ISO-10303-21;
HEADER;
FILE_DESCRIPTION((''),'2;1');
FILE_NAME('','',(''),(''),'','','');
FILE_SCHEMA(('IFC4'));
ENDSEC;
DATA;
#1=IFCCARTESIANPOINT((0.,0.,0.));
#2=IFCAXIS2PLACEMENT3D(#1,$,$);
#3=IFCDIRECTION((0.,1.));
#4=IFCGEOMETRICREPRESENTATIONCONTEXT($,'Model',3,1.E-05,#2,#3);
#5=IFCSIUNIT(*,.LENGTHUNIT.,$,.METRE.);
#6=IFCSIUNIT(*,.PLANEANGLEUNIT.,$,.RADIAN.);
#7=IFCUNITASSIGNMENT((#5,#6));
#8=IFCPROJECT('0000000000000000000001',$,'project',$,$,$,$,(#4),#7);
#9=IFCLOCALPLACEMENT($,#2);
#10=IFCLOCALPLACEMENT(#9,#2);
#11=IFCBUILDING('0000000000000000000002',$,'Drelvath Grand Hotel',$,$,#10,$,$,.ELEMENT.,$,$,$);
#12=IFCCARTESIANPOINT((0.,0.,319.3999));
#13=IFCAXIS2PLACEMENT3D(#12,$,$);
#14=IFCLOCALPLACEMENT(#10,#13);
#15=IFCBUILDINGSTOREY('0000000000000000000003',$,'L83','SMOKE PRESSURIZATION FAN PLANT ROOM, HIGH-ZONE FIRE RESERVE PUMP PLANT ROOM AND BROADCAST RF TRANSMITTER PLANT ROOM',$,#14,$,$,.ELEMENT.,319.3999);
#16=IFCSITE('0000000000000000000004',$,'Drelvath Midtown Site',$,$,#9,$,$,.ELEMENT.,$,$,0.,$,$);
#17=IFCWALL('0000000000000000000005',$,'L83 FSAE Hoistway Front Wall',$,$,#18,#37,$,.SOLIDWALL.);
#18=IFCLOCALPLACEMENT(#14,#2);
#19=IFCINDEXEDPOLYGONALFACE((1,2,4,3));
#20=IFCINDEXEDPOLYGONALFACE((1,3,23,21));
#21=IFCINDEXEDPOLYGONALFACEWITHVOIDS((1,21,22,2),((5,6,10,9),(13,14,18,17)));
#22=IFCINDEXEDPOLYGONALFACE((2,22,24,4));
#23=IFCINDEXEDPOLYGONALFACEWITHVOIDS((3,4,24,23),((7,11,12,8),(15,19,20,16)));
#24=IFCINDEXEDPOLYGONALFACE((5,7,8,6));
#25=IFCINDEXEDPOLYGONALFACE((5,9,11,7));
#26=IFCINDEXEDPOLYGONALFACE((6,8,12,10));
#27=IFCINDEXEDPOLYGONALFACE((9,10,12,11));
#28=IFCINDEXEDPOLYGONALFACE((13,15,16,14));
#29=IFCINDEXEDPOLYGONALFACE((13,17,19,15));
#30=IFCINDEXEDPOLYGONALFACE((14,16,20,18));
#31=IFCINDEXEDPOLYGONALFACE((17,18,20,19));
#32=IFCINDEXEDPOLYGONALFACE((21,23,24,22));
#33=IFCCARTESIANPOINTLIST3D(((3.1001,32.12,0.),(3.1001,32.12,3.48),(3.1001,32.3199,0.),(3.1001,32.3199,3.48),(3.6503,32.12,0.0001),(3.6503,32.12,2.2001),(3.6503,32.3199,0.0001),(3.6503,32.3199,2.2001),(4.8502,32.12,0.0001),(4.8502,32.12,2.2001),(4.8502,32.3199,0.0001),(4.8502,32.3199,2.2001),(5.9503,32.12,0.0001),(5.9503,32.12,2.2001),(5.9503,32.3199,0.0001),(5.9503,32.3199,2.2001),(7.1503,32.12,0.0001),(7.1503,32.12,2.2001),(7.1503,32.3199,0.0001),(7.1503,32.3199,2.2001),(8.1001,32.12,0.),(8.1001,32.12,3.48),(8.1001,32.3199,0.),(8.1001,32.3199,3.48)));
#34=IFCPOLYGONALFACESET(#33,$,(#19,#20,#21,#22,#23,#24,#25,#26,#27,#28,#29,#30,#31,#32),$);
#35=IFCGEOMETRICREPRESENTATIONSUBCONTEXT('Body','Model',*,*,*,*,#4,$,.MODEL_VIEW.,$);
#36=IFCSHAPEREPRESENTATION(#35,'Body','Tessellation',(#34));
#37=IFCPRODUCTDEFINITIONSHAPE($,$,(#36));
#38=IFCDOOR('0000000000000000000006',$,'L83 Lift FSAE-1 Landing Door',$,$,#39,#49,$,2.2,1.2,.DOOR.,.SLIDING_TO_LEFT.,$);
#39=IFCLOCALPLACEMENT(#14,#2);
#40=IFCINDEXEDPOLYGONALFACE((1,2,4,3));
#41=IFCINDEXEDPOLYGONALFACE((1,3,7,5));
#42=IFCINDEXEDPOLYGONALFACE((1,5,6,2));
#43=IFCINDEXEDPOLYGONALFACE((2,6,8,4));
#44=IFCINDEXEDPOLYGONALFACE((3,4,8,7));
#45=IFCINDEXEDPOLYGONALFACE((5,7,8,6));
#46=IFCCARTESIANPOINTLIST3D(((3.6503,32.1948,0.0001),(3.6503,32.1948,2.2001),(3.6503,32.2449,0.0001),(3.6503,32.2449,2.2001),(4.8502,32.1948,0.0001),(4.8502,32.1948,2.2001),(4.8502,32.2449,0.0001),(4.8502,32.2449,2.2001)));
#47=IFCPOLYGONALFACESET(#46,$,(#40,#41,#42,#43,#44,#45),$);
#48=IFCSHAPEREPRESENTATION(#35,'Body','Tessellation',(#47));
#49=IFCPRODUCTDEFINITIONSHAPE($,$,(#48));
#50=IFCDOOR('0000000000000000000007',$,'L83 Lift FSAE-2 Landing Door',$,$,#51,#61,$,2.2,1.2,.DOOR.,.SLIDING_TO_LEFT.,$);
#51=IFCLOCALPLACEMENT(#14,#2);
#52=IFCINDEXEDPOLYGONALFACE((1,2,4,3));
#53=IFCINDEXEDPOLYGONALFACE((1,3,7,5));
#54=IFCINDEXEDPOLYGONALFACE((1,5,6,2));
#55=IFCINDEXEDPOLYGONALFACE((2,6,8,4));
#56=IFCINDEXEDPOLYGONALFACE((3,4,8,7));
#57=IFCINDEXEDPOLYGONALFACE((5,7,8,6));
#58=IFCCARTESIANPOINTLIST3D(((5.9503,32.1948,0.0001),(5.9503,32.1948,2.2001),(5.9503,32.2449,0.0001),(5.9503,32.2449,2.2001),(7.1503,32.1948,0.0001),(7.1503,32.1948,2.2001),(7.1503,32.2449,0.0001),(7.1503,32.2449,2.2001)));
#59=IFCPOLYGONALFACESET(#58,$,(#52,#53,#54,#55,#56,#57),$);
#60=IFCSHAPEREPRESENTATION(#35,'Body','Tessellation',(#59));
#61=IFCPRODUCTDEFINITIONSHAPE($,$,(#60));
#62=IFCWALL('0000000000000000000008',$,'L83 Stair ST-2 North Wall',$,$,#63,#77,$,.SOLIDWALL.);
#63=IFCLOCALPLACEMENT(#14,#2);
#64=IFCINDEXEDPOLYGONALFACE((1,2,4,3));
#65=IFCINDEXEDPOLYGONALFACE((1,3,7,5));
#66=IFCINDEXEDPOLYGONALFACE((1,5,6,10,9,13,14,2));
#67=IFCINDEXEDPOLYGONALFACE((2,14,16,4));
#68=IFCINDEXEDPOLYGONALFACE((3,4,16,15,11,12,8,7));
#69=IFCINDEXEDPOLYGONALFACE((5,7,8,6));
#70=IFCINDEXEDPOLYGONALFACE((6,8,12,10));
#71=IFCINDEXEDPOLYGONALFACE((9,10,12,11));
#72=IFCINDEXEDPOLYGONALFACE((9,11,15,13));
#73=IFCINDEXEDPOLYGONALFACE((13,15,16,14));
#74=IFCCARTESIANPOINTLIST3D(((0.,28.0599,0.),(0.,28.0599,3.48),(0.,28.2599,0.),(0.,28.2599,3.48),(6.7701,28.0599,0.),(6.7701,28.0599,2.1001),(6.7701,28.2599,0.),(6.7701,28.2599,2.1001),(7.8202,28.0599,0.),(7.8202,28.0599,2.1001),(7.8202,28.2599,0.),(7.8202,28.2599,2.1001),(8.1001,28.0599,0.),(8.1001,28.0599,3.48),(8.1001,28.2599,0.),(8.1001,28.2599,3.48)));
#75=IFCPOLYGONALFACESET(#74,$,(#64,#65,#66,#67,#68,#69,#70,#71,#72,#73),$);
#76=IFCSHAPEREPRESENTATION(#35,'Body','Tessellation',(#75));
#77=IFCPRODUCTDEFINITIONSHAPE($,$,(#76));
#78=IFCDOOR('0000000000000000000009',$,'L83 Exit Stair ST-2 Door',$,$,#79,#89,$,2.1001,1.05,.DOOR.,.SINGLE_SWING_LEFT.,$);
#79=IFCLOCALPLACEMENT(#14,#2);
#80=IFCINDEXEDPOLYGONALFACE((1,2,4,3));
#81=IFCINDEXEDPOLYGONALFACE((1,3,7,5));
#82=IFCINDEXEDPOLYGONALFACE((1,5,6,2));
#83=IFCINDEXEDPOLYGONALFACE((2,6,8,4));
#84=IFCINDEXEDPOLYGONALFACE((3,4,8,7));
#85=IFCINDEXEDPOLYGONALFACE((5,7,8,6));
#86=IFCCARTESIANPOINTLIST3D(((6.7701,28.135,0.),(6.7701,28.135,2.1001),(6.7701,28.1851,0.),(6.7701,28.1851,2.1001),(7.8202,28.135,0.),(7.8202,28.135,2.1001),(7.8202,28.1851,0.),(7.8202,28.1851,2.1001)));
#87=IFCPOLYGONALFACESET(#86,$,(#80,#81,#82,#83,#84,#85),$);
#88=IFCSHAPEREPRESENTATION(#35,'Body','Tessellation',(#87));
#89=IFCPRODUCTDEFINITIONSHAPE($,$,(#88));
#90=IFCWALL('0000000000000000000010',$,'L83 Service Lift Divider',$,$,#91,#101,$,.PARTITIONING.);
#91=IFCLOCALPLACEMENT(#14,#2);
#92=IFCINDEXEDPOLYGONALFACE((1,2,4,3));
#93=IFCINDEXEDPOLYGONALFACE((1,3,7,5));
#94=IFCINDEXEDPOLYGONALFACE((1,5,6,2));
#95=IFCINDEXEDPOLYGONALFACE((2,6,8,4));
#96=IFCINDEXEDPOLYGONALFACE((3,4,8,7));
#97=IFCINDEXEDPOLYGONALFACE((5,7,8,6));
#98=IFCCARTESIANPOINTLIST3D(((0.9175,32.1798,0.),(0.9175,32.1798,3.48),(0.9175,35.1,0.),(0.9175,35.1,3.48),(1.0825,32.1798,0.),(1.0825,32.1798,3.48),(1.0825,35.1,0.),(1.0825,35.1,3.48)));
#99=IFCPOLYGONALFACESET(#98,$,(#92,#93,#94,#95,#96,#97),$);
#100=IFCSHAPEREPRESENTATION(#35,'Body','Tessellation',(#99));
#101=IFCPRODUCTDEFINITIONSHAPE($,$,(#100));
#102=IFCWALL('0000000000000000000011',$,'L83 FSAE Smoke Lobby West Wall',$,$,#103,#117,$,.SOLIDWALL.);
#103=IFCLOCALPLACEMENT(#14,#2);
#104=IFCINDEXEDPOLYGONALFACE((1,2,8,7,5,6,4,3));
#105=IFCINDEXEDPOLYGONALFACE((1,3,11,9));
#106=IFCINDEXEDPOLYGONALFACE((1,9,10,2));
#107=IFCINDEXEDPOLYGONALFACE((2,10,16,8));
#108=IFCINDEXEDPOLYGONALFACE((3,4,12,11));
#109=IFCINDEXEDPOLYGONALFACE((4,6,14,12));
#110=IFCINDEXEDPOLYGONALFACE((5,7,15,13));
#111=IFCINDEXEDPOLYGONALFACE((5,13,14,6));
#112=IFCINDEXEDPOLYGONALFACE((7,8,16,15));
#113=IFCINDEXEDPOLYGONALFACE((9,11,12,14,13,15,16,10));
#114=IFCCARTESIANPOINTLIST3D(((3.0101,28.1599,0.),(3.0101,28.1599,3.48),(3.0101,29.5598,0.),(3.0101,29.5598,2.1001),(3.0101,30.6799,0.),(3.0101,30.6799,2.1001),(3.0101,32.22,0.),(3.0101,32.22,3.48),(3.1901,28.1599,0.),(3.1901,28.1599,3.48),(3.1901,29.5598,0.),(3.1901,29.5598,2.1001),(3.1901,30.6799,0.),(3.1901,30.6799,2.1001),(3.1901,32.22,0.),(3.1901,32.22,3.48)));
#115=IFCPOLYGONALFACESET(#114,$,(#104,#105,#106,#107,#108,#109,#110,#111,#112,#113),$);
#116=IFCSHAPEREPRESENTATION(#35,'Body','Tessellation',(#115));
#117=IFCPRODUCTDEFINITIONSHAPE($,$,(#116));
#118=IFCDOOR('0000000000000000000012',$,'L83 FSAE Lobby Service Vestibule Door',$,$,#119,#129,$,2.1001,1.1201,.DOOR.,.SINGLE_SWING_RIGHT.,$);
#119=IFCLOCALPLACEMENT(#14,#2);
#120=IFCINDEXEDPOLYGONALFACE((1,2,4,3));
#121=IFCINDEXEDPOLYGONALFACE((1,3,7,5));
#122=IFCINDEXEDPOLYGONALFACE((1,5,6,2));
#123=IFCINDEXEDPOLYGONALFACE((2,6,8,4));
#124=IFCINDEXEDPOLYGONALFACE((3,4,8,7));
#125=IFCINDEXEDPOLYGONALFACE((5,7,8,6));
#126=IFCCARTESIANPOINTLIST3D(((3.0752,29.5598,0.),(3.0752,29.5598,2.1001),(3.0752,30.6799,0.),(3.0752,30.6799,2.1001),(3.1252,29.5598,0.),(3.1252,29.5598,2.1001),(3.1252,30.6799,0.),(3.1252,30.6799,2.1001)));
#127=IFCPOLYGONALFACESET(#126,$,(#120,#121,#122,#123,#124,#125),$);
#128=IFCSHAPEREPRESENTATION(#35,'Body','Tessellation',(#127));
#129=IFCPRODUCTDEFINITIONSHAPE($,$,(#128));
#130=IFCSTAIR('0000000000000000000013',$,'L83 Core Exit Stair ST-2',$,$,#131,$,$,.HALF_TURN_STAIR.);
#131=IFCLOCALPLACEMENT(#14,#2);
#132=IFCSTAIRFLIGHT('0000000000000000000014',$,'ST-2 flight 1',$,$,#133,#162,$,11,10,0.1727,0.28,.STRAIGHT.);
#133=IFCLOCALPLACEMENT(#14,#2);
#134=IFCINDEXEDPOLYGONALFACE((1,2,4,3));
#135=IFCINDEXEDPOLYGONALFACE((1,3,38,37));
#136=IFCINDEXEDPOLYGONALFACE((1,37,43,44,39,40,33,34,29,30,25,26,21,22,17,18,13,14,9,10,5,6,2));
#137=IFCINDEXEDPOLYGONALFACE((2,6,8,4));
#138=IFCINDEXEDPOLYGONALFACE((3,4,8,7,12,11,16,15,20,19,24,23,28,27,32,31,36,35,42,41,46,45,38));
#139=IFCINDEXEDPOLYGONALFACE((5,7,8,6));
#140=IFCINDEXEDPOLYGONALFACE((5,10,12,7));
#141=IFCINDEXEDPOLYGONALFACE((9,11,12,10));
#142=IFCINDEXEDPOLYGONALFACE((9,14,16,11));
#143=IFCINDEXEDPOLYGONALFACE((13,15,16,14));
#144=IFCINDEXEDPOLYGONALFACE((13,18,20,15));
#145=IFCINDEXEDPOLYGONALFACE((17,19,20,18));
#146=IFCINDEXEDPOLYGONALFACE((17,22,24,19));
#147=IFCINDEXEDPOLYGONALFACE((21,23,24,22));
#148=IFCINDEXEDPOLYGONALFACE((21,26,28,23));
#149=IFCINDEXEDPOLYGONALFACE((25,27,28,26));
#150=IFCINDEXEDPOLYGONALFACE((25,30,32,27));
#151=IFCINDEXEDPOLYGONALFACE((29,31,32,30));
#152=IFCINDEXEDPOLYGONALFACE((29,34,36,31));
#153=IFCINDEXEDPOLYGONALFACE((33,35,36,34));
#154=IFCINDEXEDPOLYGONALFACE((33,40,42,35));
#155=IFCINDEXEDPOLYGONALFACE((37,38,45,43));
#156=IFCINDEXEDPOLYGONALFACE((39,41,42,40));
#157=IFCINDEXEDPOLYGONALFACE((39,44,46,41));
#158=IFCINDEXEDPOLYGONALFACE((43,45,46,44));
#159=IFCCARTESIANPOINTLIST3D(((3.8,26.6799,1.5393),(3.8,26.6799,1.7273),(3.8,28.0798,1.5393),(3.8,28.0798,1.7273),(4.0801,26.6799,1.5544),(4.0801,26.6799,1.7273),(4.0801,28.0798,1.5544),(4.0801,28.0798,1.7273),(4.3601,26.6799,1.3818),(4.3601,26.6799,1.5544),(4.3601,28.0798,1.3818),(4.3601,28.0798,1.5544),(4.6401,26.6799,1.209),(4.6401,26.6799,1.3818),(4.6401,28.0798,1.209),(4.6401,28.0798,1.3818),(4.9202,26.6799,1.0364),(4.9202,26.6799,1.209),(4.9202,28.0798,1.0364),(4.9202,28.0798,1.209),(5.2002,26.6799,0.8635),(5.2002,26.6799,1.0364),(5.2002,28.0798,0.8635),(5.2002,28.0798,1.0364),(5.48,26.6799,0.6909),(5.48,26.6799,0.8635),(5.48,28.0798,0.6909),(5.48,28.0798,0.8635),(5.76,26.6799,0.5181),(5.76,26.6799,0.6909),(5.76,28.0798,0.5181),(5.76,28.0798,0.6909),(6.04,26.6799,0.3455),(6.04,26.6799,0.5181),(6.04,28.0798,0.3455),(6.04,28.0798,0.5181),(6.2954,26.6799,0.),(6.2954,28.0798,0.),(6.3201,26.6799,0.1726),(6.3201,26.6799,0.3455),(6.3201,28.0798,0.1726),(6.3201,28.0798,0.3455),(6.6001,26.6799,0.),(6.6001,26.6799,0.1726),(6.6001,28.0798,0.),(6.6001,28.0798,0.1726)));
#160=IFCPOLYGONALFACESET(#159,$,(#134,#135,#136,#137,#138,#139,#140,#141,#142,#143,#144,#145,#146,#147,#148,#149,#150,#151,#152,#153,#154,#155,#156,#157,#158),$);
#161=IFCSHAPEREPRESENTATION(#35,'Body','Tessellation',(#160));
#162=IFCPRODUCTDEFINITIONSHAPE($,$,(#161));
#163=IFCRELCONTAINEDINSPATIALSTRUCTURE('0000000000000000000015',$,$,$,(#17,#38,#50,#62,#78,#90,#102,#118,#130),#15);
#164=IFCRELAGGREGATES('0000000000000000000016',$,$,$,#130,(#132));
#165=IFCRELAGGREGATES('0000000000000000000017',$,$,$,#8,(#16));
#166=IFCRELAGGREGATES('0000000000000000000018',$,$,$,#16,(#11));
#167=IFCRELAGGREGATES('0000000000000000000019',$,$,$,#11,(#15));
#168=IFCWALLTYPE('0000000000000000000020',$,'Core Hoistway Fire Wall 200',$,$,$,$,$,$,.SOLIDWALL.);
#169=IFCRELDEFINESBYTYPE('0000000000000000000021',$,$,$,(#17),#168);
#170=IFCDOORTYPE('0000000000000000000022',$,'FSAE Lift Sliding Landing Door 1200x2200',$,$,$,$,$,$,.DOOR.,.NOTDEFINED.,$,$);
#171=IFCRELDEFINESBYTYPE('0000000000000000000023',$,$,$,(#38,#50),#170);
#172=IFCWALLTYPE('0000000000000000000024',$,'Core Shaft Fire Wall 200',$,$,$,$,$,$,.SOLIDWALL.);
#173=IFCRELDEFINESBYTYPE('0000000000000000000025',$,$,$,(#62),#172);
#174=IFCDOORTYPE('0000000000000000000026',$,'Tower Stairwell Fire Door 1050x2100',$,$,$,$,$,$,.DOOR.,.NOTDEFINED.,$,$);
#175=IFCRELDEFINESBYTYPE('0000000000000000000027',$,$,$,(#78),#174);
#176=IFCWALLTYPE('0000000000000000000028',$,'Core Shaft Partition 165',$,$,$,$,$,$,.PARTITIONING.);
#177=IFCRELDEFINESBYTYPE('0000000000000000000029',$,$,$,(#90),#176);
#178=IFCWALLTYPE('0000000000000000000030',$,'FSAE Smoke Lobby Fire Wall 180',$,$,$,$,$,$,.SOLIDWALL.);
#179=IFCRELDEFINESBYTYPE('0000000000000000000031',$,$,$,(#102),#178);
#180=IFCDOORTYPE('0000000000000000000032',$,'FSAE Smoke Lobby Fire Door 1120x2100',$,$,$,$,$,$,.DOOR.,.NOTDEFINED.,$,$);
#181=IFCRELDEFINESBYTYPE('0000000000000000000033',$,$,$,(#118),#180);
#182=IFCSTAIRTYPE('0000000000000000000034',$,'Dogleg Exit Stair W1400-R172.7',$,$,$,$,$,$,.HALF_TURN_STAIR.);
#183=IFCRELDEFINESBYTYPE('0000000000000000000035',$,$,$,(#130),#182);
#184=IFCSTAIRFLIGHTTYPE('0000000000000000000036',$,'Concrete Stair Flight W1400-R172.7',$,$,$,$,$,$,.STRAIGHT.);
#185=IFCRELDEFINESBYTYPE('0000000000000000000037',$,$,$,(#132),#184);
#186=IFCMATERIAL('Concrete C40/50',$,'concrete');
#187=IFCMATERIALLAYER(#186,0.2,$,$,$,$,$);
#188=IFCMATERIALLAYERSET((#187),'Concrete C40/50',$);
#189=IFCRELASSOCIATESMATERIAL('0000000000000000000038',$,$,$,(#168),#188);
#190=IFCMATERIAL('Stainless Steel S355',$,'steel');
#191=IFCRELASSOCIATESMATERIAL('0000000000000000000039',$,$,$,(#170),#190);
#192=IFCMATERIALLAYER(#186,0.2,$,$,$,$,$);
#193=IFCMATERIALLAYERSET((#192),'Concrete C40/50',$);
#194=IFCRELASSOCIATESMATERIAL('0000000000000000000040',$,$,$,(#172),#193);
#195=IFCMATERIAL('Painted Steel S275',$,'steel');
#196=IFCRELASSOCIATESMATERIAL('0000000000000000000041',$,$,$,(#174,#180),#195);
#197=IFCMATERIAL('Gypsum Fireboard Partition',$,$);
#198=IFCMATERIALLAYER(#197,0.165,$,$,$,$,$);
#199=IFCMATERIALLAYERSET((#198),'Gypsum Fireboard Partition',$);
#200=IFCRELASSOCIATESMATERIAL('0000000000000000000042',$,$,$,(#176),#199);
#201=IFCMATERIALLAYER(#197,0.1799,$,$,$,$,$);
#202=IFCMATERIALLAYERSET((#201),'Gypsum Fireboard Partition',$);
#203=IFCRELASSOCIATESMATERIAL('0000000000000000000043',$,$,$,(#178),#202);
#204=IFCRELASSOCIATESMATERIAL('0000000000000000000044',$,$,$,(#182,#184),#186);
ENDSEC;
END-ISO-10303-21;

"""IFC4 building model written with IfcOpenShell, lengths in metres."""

from ifc_helpers import new_model, si_unit, direction, frame, frame_2d, origin, place, context, subcontext, project, spatial, polyline, rectangle, outline, extrude, material, layer, layer_set, type_object, element, fill, aggregate, save


model = new_model("IFC4")

# Units and contexts
model_context = context("Model", 3, precision=1e-05, world=origin(), true_north=direction((0.0, 1.0)))
body_context = subcontext(model_context, "Body", "Model", "MODEL_VIEW")
ifc_project = project(units=[si_unit("LENGTHUNIT", "METRE"), si_unit("PLANEANGLEUNIT", "RADIAN")], contexts=[model_context])

# Site, building, storey
site_placement = place(None, origin())
site = spatial("IfcSite", under=ifc_project, at=site_placement, Name="Drelvath Midtown Site", CompositionType="ELEMENT", RefElevation=0.0)
building_placement = place(site_placement, origin())
building = spatial("IfcBuilding", under=site, at=building_placement, Name="Drelvath Grand Hotel", CompositionType="ELEMENT")
storey_placement = place(building_placement, frame((0.0, 0.0, 319.3999)))
storey = spatial("IfcBuildingStorey", under=building, at=storey_placement, Name="L83", Description="SMOKE PRESSURIZATION FAN PLANT ROOM, HIGH-ZONE FIRE RESERVE PUMP PLANT ROOM AND BROADCAST RF TRANSMITTER PLANT ROOM", CompositionType="ELEMENT", Elevation=319.3999)

# Wall, openings, doors
ifc_material_1 = material(Name="Concrete C40/50", Category="concrete")
ifc_layer_1 = layer(ifc_material_1, 0.2)
ifc_layer_set_1 = layer_set([ifc_layer_1], Name="Concrete C40/50")
wall_type_1 = type_object("IfcWallType", Name="Core Hoistway Fire Wall 200", PredefinedType="SOLIDWALL", material=ifc_layer_set_1)
wall_1_placement = place(storey_placement, frame((3.1001, 32.22, 0.0), z_axis=(0.0, 0.0, 1.0), x_axis=(1.0, 0.0, 0.0)))
wall_1 = element("IfcWall", 1, at=wall_1_placement, inside=storey, type_object=wall_type_1, Name="L83 FSAE Hoistway Front Wall", PredefinedType="SOLIDWALL", context=body_context, shape_type="SweptSolid", body=[
    extrude(rectangle(XDim=5.0, YDim=0.2, at=frame_2d((2.5, 0.0))), origin(), (0.0, 0.0, 1.0), 3.48),
])
opening_1_placement = place(wall_1_placement, frame((0.55, 0.0, 0.0)))
opening_1 = element("IfcOpeningElement", 2, at=opening_1_placement, cuts=wall_1, PredefinedType="OPENING", context=body_context, shape_type="SweptSolid", body=[
    extrude(rectangle(XDim=1.2, YDim=2.2, at=frame_2d((0.6001, 1.1001))), frame((0.0, 0.1099, 0.0), z_axis=(0.0, -1.0, 0.0), x_axis=(1.0, 0.0, 0.0)), (0.0, 0.0, 1.0), 0.22),
])
opening_2_placement = place(wall_1_placement, frame((2.8501, 0.0, 0.0)))
opening_2 = element("IfcOpeningElement", 3, at=opening_2_placement, cuts=wall_1, PredefinedType="OPENING", context=body_context, shape_type="SweptSolid", body=[
    extrude(rectangle(XDim=1.2, YDim=2.2, at=frame_2d((0.6001, 1.1001))), frame((0.0, 0.1099, 0.0), z_axis=(0.0, -1.0, 0.0), x_axis=(1.0, 0.0, 0.0)), (0.0, 0.0, 1.0), 0.22),
])
ifc_material_2 = material(Name="Stainless Steel S355", Category="steel")
door_type_1 = type_object("IfcDoorType", Name="FSAE Lift Sliding Landing Door 1200x2200", OperationType="NOTDEFINED", PredefinedType="DOOR", material=ifc_material_2)
door_1_placement = place(opening_1_placement, origin())
door_1 = element("IfcDoor", 4, at=door_1_placement, inside=storey, type_object=door_type_1, Name="L83 Lift FSAE-1 Landing Door", OperationType="SLIDING_TO_LEFT", OverallHeight=2.2, OverallWidth=1.2, PredefinedType="DOOR", context=body_context, shape_type="SweptSolid", body=[
    extrude(rectangle(XDim=1.2, YDim=2.2, at=frame_2d((0.6001, 1.1001))), frame((0.0, 0.0249, 0.0), z_axis=(0.0, -1.0, 0.0), x_axis=(1.0, 0.0, 0.0)), (0.0, 0.0, 1.0), 0.05),
])
fill(opening_1, door_1)
door_2_placement = place(opening_2_placement, origin())
door_2 = element("IfcDoor", 5, at=door_2_placement, inside=storey, type_object=door_type_1, Name="L83 Lift FSAE-2 Landing Door", OperationType="SLIDING_TO_LEFT", OverallHeight=2.2, OverallWidth=1.2, PredefinedType="DOOR", context=body_context, shape_type="SweptSolid", body=[
    extrude(rectangle(XDim=1.2, YDim=2.2, at=frame_2d((0.6001, 1.1001))), frame((0.0, 0.0249, 0.0), z_axis=(0.0, -1.0, 0.0), x_axis=(1.0, 0.0, 0.0)), (0.0, 0.0, 1.0), 0.05),
])
fill(opening_2, door_2)

# Wall, opening, door
ifc_layer_2 = layer(ifc_material_1, 0.2)
ifc_layer_set_2 = layer_set([ifc_layer_2], Name="Concrete C40/50")
wall_type_2 = type_object("IfcWallType", Name="Core Shaft Fire Wall 200", PredefinedType="SOLIDWALL", material=ifc_layer_set_2)
wall_2_placement = place(storey_placement, frame((8.1001, 28.1599, 0.0), z_axis=(0.0, 0.0, 1.0), x_axis=(-1.0, 0.0, 0.0)))
wall_2 = element("IfcWall", 6, at=wall_2_placement, inside=storey, type_object=wall_type_2, Name="L83 Stair ST-2 North Wall", PredefinedType="SOLIDWALL", context=body_context, shape_type="SweptSolid", body=[
    extrude(rectangle(XDim=8.1001, YDim=0.2, at=frame_2d((4.05, 0.0))), origin(), (0.0, 0.0, 1.0), 3.48),
])
opening_3_placement = place(wall_2_placement, frame((0.28, 0.0, 0.0)))
opening_3 = element("IfcOpeningElement", 7, at=opening_3_placement, cuts=wall_2, PredefinedType="OPENING", context=body_context, shape_type="SweptSolid", body=[
    extrude(rectangle(XDim=1.05, YDim=2.1001, at=frame_2d((0.5249, 1.05))), frame((0.0, 0.1099, 0.0), z_axis=(0.0, -1.0, 0.0), x_axis=(1.0, 0.0, 0.0)), (0.0, 0.0, 1.0), 0.22),
])
ifc_material_3 = material(Name="Painted Steel S275", Category="steel")
door_type_2 = type_object("IfcDoorType", Name="Tower Stairwell Fire Door 1050x2100", OperationType="NOTDEFINED", PredefinedType="DOOR", material=ifc_material_3)
door_3_placement = place(opening_3_placement, origin())
door_3 = element("IfcDoor", 8, at=door_3_placement, inside=storey, type_object=door_type_2, Name="L83 Exit Stair ST-2 Door", OperationType="SINGLE_SWING_LEFT", OverallHeight=2.1001, OverallWidth=1.05, PredefinedType="DOOR", context=body_context, shape_type="SweptSolid", body=[
    extrude(rectangle(XDim=1.05, YDim=2.1001, at=frame_2d((0.5249, 1.05))), frame((0.0, 0.0249, 0.0), z_axis=(0.0, -1.0, 0.0), x_axis=(1.0, 0.0, 0.0)), (0.0, 0.0, 1.0), 0.05),
])
fill(opening_3, door_3)

# Wall
ifc_material_4 = material(Name="Gypsum Fireboard Partition")
ifc_layer_3 = layer(ifc_material_4, 0.165)
ifc_layer_set_3 = layer_set([ifc_layer_3], Name="Gypsum Fireboard Partition")
wall_type_3 = type_object("IfcWallType", Name="Core Shaft Partition 165", PredefinedType="PARTITIONING", material=ifc_layer_set_3)
wall_3_placement = place(storey_placement, frame((1.0, 32.1799, 0.0), z_axis=(0.0, 0.0, 1.0), x_axis=(0.0, 1.0, 0.0)))
element("IfcWall", 9, at=wall_3_placement, inside=storey, type_object=wall_type_3, Name="L83 Service Lift Divider", PredefinedType="PARTITIONING", context=body_context, shape_type="SweptSolid", body=[
    extrude(rectangle(XDim=2.9202, YDim=0.165, at=frame_2d((1.46, 0.0))), origin(), (0.0, 0.0, 1.0), 3.48),
])

# Wall, opening, door
ifc_layer_4 = layer(ifc_material_4, 0.1799)
ifc_layer_set_4 = layer_set([ifc_layer_4], Name="Gypsum Fireboard Partition")
wall_type_4 = type_object("IfcWallType", Name="FSAE Smoke Lobby Fire Wall 180", PredefinedType="SOLIDWALL", material=ifc_layer_set_4)
wall_4_placement = place(storey_placement, frame((3.1001, 28.1599, 0.0), z_axis=(0.0, 0.0, 1.0), x_axis=(0.0, 1.0, 0.0)))
wall_4 = element("IfcWall", 10, at=wall_4_placement, inside=storey, type_object=wall_type_4, Name="L83 FSAE Smoke Lobby West Wall", PredefinedType="SOLIDWALL", context=body_context, shape_type="SweptSolid", body=[
    extrude(rectangle(XDim=4.0601, YDim=0.1799, at=frame_2d((2.03, 0.0))), origin(), (0.0, 0.0, 1.0), 3.48),
])
opening_4_placement = place(wall_4_placement, frame((1.3999, 0.0, 0.0)))
opening_4 = element("IfcOpeningElement", 11, at=opening_4_placement, cuts=wall_4, PredefinedType="OPENING", context=body_context, shape_type="SweptSolid", body=[
    extrude(rectangle(XDim=1.1201, YDim=2.1001, at=frame_2d((0.5601, 1.05))), frame((0.0, 0.0999, 0.0), z_axis=(0.0, -1.0, 0.0), x_axis=(1.0, 0.0, 0.0)), (0.0, 0.0, 1.0), 0.2),
])
door_type_3 = type_object("IfcDoorType", Name="FSAE Smoke Lobby Fire Door 1120x2100", OperationType="NOTDEFINED", PredefinedType="DOOR", material=ifc_material_3)
door_4_placement = place(opening_4_placement, origin())
door_4 = element("IfcDoor", 12, at=door_4_placement, inside=storey, type_object=door_type_3, Name="L83 FSAE Lobby Service Vestibule Door", OperationType="SINGLE_SWING_RIGHT", OverallHeight=2.1001, OverallWidth=1.1201, PredefinedType="DOOR", context=body_context, shape_type="SweptSolid", body=[
    extrude(rectangle(XDim=1.1201, YDim=2.1001, at=frame_2d((0.5601, 1.05))), frame((0.0, 0.0249, 0.0), z_axis=(0.0, -1.0, 0.0), x_axis=(1.0, 0.0, 0.0)), (0.0, 0.0, 1.0), 0.05),
])
fill(opening_4, door_4)

# Stair, stair flight
stair_type = type_object("IfcStairType", Name="Dogleg Exit Stair W1400-R172.7", PredefinedType="HALF_TURN_STAIR", material=ifc_material_1)
stair_placement = place(storey_placement, origin())
stair = element("IfcStair", 13, at=stair_placement, inside=storey, type_object=stair_type, Name="L83 Core Exit Stair ST-2", PredefinedType="HALF_TURN_STAIR")
stair_flight_type = type_object("IfcStairFlightType", Name="Concrete Stair Flight W1400-R172.7", PredefinedType="STRAIGHT", material=ifc_material_1)
stair_flight_placement = place(storey_placement, frame((6.6001, 27.3799, 0.0), z_axis=(0.0, 0.0, 1.0), x_axis=(-1.0, 0.0, 0.0)))
stair_flight = element("IfcStairFlight", 14, at=stair_flight_placement, type_object=stair_flight_type, Name="ST-2 flight 1", NumberOfRisers=11, NumberOfTreads=10, PredefinedType="STRAIGHT", RiserHeight=0.1727, TreadLength=0.28, context=body_context, shape_type="SweptSolid", body=[
    extrude(outline(polyline([(0.0, 0.0), (0.0, 0.1726), (0.28, 0.1726), (0.28, 0.3455), (0.5601, 0.3455), (0.5601, 0.5181), (0.8401, 0.5181), (0.8401, 0.6909), (1.1201, 0.6909), (1.1201, 0.8635), (1.3999, 0.8635), (1.3999, 1.0364), (1.6799, 1.0364), (1.6799, 1.209), (1.96, 1.209), (1.96, 1.3818), (2.24, 1.3818), (2.24, 1.5544), (2.52, 1.5544), (2.52, 1.7273), (2.8, 1.7273), (2.8, 1.8999), (2.8, 1.5393), (0.3047, 0.0), (0.0, 0.0)])), frame((0.0, 0.7, 0.0), z_axis=(0.0, -1.0, 0.0), x_axis=(1.0, 0.0, 0.0)), (0.0, 0.0, 1.0), 1.3999),
])
aggregate(stair, [stair_flight])

save(model, "model.ifc")
